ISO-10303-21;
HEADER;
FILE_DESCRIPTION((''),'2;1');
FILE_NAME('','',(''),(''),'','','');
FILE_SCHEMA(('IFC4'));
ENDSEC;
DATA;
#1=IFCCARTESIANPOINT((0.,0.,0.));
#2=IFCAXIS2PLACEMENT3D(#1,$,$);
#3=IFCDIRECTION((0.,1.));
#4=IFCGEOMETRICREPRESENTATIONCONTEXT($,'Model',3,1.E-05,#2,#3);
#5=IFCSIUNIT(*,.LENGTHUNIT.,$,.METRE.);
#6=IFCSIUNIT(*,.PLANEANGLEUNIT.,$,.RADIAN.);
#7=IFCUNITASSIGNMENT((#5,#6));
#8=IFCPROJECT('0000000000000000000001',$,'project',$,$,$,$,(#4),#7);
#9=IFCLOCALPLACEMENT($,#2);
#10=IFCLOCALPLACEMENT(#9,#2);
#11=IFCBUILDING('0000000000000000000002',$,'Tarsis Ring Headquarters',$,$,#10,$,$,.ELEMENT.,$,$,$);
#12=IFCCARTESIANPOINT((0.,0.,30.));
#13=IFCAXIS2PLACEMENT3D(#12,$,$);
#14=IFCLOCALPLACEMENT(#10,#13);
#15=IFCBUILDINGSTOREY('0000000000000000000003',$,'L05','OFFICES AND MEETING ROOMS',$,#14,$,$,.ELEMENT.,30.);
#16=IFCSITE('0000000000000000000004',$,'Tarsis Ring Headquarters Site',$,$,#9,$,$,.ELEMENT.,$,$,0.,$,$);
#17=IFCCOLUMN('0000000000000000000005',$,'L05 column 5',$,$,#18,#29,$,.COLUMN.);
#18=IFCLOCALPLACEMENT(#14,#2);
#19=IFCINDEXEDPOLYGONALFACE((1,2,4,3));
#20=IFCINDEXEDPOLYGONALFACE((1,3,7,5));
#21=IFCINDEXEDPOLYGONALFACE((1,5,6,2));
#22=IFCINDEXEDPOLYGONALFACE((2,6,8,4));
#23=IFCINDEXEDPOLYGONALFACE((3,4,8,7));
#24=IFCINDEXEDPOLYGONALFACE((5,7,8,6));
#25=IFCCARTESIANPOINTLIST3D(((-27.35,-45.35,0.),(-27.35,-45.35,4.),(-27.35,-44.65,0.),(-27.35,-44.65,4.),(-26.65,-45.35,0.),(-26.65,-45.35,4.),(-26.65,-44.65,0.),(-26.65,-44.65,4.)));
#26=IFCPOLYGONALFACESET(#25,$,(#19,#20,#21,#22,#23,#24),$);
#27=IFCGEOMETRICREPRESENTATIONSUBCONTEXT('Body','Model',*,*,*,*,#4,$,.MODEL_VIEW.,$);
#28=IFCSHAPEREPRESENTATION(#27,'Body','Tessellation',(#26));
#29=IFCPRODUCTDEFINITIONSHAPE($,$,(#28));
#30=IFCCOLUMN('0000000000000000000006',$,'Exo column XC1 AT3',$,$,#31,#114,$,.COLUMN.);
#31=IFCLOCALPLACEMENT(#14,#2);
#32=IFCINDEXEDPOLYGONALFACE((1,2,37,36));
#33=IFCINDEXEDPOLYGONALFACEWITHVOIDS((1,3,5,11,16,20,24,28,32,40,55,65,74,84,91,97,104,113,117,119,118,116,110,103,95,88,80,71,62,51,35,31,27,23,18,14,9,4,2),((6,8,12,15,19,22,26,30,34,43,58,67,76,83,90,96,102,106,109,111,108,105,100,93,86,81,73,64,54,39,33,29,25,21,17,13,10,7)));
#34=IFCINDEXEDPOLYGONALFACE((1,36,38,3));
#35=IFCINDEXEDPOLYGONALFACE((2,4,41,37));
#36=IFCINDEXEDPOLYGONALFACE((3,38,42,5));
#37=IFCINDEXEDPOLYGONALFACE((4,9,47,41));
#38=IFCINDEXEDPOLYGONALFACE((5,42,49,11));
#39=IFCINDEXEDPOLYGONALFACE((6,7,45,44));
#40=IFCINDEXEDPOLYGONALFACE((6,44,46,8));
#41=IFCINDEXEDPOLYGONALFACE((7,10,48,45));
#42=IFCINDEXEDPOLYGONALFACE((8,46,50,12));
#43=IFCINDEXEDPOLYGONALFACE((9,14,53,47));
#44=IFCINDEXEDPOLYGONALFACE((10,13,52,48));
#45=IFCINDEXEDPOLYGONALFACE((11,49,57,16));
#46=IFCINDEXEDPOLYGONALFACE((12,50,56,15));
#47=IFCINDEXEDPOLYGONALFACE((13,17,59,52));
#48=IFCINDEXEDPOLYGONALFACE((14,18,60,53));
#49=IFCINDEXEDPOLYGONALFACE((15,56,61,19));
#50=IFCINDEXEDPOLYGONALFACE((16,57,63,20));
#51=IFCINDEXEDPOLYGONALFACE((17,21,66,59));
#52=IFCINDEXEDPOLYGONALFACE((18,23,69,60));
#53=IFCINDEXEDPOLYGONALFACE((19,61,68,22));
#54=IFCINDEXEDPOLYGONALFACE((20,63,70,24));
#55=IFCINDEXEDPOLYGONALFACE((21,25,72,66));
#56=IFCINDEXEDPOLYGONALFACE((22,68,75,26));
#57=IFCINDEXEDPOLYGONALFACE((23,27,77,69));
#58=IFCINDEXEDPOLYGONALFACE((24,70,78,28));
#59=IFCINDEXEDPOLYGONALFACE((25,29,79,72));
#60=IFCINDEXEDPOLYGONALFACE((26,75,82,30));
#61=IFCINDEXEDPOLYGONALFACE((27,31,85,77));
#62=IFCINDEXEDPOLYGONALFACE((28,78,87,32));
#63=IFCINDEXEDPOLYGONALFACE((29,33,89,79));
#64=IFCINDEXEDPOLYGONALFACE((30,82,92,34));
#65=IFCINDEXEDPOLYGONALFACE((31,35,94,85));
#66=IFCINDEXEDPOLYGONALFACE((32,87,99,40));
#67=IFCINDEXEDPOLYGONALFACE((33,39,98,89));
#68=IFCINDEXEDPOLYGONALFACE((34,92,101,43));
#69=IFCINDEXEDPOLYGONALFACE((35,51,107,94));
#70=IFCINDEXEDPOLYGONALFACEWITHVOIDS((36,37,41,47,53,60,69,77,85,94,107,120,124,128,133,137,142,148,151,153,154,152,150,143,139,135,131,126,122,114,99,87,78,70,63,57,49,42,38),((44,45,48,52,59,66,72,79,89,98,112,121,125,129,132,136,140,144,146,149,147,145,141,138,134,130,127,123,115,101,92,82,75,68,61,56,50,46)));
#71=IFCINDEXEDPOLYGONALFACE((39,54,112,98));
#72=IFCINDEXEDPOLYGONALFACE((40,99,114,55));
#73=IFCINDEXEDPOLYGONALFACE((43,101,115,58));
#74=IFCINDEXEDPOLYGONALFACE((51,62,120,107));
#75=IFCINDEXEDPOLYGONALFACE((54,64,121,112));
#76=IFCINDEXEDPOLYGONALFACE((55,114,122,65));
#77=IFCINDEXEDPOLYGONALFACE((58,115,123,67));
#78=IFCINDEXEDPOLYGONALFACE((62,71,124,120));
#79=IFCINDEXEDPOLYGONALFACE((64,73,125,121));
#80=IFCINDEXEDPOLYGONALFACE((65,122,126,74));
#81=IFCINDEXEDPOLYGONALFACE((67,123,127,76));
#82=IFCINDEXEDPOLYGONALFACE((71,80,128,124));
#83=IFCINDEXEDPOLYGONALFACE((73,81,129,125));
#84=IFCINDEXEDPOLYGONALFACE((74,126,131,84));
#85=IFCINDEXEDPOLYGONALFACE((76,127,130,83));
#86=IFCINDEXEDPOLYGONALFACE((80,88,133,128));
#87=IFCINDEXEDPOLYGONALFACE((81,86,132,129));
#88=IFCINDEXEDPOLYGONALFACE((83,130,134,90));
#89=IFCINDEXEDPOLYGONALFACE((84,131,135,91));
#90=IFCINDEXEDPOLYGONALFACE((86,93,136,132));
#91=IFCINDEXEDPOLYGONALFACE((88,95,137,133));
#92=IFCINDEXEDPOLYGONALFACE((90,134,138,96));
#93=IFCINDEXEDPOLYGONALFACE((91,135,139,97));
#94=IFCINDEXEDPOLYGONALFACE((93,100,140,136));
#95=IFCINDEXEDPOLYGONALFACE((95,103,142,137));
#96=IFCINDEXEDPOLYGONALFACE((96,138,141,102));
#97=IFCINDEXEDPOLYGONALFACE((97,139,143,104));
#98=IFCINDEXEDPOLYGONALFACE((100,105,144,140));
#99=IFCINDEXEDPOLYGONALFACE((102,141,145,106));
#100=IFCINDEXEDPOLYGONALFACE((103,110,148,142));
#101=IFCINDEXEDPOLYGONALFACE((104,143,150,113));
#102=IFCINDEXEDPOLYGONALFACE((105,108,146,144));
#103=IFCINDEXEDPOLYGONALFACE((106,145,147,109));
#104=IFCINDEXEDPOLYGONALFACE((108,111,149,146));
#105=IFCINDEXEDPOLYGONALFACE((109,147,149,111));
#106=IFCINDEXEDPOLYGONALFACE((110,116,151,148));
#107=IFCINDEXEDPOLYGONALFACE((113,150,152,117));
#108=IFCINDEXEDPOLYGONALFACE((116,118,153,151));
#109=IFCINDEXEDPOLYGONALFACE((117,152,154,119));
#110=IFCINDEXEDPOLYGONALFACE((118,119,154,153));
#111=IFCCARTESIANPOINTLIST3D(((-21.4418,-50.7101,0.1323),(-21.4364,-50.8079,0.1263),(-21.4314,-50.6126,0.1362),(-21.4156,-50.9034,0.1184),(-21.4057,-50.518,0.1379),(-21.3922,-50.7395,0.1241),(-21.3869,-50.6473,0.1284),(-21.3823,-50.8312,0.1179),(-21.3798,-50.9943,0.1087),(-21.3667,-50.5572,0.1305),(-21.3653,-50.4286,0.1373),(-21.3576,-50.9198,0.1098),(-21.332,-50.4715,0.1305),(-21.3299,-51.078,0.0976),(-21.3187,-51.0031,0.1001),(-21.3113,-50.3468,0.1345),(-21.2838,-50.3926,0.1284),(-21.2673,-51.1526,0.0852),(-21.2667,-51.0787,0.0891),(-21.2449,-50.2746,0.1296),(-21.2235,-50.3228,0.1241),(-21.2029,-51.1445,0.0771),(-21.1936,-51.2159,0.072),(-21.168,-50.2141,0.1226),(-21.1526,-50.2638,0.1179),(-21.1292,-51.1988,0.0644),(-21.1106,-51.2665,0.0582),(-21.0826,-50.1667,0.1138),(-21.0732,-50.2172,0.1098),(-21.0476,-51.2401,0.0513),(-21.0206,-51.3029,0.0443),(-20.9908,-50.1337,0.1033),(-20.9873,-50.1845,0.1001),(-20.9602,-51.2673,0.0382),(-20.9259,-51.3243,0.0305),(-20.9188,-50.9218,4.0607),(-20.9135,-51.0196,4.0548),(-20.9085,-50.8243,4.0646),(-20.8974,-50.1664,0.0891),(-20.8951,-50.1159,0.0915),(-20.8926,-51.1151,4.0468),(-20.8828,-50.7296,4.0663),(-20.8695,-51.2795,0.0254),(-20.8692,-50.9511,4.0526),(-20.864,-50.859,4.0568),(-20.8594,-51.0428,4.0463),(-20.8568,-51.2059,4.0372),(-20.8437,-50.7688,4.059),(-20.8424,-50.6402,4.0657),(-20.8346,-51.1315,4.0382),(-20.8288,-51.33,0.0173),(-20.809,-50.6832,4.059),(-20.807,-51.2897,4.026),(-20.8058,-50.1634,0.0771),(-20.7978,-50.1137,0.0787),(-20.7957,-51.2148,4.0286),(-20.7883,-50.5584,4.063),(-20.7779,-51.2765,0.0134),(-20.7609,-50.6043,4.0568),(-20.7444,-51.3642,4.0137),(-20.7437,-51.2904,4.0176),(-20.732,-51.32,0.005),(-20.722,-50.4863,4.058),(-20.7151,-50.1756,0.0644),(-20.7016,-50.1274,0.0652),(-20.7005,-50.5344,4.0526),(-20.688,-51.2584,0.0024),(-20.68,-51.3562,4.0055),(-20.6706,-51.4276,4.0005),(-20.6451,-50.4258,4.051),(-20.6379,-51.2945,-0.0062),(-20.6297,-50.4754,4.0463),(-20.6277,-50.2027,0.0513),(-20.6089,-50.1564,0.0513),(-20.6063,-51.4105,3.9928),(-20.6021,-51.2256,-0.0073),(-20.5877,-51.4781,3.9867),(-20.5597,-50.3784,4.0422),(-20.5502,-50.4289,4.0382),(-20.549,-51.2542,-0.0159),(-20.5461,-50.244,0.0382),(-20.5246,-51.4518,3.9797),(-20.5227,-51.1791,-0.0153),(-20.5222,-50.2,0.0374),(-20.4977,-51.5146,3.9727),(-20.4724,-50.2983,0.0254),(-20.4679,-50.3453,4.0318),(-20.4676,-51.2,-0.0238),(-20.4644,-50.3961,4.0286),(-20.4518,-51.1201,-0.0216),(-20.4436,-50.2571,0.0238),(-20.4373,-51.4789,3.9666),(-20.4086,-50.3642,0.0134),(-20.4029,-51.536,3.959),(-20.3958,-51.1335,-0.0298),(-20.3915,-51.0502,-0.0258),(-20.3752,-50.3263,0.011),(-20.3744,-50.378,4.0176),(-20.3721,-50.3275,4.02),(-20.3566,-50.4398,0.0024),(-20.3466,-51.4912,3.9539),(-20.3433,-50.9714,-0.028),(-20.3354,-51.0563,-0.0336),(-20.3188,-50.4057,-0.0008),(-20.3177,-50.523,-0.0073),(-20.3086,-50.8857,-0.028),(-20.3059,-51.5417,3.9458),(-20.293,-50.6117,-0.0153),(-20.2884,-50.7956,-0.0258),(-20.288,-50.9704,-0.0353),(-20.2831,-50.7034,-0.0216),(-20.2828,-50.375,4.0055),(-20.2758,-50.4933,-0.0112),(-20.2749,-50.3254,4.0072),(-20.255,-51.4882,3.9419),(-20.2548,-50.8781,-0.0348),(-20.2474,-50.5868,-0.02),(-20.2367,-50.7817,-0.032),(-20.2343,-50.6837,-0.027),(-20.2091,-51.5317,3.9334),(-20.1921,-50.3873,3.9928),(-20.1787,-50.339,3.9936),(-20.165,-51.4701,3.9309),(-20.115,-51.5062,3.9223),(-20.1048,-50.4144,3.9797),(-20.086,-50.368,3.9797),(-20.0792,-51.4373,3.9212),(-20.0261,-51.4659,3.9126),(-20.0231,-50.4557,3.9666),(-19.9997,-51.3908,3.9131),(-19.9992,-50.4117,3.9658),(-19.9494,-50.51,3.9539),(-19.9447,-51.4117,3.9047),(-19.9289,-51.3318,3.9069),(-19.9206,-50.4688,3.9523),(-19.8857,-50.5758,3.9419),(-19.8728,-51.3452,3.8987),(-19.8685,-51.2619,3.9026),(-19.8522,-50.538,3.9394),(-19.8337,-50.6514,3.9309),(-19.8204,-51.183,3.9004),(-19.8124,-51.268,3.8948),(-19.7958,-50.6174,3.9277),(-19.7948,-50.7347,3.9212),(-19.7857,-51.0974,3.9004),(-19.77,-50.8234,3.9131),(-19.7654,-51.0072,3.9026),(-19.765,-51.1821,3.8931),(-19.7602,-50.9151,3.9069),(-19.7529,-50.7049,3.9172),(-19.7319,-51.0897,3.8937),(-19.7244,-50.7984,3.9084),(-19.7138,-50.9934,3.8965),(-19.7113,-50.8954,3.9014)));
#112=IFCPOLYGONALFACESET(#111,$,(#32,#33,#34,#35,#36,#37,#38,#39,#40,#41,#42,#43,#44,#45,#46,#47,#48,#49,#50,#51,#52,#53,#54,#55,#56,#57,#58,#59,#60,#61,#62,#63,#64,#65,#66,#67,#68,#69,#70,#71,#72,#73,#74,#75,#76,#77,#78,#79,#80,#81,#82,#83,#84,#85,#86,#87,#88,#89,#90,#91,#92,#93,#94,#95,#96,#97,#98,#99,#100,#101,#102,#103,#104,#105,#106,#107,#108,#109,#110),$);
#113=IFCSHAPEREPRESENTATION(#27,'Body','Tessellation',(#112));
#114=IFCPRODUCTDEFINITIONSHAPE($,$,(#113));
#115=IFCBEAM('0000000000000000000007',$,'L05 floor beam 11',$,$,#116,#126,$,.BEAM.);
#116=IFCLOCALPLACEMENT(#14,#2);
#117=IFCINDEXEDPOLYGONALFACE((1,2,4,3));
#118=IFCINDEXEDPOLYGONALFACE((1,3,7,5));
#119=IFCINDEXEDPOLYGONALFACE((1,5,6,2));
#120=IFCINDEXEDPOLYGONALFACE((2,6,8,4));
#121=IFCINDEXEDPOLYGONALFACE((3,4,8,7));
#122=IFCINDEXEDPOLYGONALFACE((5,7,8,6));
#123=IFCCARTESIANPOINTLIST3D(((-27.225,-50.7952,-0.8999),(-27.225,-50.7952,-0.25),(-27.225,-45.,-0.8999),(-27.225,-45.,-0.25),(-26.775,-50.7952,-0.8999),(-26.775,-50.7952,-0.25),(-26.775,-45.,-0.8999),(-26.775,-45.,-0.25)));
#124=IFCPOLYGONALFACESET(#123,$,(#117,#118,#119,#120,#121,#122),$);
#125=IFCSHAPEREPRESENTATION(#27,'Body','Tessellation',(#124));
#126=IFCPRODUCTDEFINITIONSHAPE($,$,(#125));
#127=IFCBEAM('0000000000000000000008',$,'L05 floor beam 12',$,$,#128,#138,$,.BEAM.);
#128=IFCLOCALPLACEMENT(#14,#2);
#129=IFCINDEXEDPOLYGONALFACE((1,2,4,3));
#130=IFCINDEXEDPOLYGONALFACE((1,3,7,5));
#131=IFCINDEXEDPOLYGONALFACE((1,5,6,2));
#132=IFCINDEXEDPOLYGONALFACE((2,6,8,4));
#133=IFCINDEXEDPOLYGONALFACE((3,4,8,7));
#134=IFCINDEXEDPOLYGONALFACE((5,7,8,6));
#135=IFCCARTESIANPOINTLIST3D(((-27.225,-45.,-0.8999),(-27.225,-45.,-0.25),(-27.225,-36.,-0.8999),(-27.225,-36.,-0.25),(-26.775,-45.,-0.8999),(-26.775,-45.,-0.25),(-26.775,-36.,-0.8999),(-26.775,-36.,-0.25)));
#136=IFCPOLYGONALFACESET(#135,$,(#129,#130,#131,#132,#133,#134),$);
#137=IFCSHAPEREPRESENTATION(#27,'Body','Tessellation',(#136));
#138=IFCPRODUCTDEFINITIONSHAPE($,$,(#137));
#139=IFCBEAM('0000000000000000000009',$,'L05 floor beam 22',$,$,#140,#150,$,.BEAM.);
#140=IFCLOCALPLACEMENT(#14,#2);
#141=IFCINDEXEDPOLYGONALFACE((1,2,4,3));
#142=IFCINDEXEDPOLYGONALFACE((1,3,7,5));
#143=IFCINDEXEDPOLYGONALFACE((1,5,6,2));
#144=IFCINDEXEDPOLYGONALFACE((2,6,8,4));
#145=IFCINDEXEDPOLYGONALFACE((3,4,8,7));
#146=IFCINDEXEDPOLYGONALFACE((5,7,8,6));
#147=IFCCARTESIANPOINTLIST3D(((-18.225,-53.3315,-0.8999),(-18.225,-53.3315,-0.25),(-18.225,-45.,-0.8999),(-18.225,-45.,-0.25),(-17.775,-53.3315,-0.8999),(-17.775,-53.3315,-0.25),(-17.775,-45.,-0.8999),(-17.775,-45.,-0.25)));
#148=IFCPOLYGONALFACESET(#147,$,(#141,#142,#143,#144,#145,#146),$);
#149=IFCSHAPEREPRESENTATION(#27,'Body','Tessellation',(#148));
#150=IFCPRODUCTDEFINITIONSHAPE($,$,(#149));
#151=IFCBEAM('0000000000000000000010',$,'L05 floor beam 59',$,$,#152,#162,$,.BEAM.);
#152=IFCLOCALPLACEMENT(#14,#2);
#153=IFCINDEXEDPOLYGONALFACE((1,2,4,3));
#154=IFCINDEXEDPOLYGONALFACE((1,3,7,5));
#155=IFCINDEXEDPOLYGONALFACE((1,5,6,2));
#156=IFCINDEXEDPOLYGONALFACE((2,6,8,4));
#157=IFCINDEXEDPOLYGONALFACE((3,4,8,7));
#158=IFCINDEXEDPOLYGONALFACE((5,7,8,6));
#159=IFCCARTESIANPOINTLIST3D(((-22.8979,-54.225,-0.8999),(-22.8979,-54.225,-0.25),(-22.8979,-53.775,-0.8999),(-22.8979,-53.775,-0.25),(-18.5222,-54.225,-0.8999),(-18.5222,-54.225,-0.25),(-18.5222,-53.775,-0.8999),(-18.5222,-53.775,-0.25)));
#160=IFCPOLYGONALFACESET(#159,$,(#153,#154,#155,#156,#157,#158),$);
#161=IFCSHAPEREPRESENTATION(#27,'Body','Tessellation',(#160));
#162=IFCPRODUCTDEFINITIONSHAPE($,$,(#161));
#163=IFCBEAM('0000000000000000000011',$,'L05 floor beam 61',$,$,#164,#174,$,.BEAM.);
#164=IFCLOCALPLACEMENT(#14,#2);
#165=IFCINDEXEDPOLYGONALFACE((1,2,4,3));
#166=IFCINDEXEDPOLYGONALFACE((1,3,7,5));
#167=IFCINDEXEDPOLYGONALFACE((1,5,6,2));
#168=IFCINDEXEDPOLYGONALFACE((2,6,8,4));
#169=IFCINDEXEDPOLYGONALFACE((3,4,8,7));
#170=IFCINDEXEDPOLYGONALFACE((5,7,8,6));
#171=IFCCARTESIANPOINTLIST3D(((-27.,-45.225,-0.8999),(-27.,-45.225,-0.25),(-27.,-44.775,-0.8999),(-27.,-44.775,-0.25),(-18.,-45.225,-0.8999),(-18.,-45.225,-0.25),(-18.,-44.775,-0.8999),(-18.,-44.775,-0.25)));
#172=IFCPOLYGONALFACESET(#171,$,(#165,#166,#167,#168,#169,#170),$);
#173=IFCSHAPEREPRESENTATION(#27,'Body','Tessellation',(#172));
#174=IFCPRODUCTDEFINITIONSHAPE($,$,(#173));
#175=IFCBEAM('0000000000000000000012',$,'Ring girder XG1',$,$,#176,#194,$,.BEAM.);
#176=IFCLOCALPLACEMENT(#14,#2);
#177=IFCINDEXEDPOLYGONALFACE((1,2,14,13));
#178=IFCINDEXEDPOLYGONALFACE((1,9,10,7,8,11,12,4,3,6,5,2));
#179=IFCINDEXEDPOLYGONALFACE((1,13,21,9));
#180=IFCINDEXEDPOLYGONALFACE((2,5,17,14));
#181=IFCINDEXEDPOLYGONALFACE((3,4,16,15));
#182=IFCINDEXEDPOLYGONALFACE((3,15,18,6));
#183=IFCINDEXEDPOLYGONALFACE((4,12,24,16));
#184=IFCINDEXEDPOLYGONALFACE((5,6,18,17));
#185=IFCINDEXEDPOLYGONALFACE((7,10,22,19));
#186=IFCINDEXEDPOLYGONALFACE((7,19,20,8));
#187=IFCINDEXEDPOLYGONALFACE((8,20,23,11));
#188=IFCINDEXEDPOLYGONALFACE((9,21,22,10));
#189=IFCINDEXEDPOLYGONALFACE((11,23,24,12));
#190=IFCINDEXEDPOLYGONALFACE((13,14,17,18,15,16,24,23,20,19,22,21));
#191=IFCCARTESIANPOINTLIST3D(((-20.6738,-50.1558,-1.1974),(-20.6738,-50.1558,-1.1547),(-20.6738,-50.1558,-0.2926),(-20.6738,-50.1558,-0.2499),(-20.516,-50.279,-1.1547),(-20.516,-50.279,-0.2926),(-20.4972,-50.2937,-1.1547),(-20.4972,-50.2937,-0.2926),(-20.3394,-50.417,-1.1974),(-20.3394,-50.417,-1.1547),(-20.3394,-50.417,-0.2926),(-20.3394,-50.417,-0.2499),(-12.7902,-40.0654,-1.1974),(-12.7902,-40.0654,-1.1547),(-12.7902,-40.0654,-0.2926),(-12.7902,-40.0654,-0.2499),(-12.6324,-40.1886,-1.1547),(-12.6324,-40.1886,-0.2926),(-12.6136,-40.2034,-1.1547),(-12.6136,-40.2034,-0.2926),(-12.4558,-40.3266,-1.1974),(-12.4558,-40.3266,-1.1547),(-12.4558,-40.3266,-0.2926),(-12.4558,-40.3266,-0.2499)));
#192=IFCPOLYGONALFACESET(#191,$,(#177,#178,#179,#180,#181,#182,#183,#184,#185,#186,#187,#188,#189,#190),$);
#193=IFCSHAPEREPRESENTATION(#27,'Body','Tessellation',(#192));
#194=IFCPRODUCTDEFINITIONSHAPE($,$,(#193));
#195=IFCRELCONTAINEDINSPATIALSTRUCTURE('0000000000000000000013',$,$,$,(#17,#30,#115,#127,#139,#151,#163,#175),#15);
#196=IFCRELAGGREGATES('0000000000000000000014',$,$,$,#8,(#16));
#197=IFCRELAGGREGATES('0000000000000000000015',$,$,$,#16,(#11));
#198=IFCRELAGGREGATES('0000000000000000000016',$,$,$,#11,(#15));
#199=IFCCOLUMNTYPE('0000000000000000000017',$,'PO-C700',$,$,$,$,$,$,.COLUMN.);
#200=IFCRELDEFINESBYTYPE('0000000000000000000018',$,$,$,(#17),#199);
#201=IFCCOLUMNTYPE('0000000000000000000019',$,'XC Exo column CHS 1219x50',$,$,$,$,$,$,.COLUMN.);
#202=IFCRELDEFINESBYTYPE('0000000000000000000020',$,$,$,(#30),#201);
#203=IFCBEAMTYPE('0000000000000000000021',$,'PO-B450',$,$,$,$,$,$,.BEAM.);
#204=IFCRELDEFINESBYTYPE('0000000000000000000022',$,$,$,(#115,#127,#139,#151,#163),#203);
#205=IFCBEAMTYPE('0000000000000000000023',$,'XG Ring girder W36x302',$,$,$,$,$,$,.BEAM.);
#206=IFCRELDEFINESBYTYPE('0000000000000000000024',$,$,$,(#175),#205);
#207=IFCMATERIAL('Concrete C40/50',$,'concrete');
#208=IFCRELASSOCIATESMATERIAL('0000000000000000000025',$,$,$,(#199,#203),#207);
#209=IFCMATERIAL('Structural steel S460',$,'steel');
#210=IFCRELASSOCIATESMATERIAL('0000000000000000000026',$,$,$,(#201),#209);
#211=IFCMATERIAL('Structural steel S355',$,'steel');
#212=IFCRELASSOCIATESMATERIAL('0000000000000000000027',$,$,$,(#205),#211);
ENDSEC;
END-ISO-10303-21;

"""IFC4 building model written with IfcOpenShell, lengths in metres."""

from ifc_helpers import new_model, si_unit, direction, frame, origin, origin_2d, place, context, subcontext, project, spatial, rectangle, hollow_circle, i_section, extrude, material, material_profile, profile_set, type_object, element, save


model = new_model("IFC4")

# Units and contexts
model_context = context("Model", 3, precision=1e-05, world=origin(), true_north=direction((0.0, 1.0)))
body_context = subcontext(model_context, "Body", "Model", "MODEL_VIEW")
ifc_project = project(units=[si_unit("LENGTHUNIT", "METRE"), si_unit("PLANEANGLEUNIT", "RADIAN")], contexts=[model_context])

# Site, building, storey
site_placement = place(None, origin())
site = spatial("IfcSite", under=ifc_project, at=site_placement, Name="Tarsis Ring Headquarters Site", CompositionType="ELEMENT", RefElevation=0.0)
building_placement = place(site_placement, origin())
building = spatial("IfcBuilding", under=site, at=building_placement, Name="Tarsis Ring Headquarters", CompositionType="ELEMENT")
storey_placement = place(building_placement, frame((0.0, 0.0, 30.0)))
storey = spatial("IfcBuildingStorey", under=building, at=storey_placement, Name="L05", Description="OFFICES AND MEETING ROOMS", CompositionType="ELEMENT", Elevation=30.0)

# Columns
ifc_material_1 = material(Name="Concrete C40/50", Category="concrete")
ifc_material_profile_1 = material_profile(ifc_material_1, rectangle(XDim=0.7, YDim=0.7, at=origin_2d()), Name="PO-C700")
ifc_profile_set_1 = profile_set([ifc_material_profile_1], Name="Concrete C40/50")
column_type_1 = type_object("IfcColumnType", Name="PO-C700", PredefinedType="COLUMN", material=ifc_profile_set_1)
column_1_placement = place(storey_placement, frame((-27.0, -45.0, 0.0), z_axis=(0.0, 0.0, 1.0), x_axis=(1.0, 0.0, 0.0)))
element("IfcColumn", 1, at=column_1_placement, inside=storey, type_object=column_type_1, Name="L05 column 5", PredefinedType="COLUMN", context=body_context, shape_type="SweptSolid", body=[
    extrude(rectangle(XDim=0.7, YDim=0.7, at=origin_2d()), origin(), (0.0, 0.0, 1.0), 4.0),
])
ifc_material_2 = material(Name="Structural steel S460", Category="steel")
ifc_material_profile_2 = material_profile(ifc_material_2, hollow_circle(Radius=0.6096, WallThickness=0.05, at=origin_2d()), Name="CHS 1219x50")
ifc_profile_set_2 = profile_set([ifc_material_profile_2], Name="Structural steel S460")
column_type_2 = type_object("IfcColumnType", Name="XC Exo column CHS 1219x50", PredefinedType="COLUMN", material=ifc_profile_set_2)
column_2_placement = place(storey_placement, frame((-20.8376, -50.7214, 0.0513), z_axis=(0.131766, -0.053334, 0.989845), x_axis=(0.375193, 0.926947, 0.0)))
element("IfcColumn", 2, at=column_2_placement, inside=storey, type_object=column_type_2, Name="Exo column XC1 AT3", PredefinedType="COLUMN", context=body_context, shape_type="SweptSolid", body=[
    extrude(hollow_circle(Radius=0.6096, WallThickness=0.05, at=origin_2d()), origin(), (0.0, 0.0, 1.0), 3.9688),
])

# Beams
ifc_material_profile_3 = material_profile(ifc_material_1, rectangle(XDim=0.45, YDim=0.6499, at=origin_2d()), Name="PO-B450")
ifc_profile_set_3 = profile_set([ifc_material_profile_3], Name="Concrete C40/50")
beam_type_1 = type_object("IfcBeamType", Name="PO-B450", PredefinedType="BEAM", material=ifc_profile_set_3)
beam_1_placement = place(storey_placement, frame((-27.0, -50.7952, -0.575), z_axis=(0.0, 1.0, 0.0), x_axis=(-1.0, 0.0, 0.0)))
element("IfcBeam", 3, at=beam_1_placement, inside=storey, type_object=beam_type_1, Name="L05 floor beam 11", PredefinedType="BEAM", context=body_context, shape_type="SweptSolid", body=[
    extrude(rectangle(XDim=0.45, YDim=0.6499, at=origin_2d()), origin(), (0.0, 0.0, 1.0), 5.7952),
])
beam_2_placement = place(storey_placement, frame((-27.0, -45.0, -0.575), z_axis=(0.0, 1.0, 0.0), x_axis=(-1.0, 0.0, 0.0)))
element("IfcBeam", 4, at=beam_2_placement, inside=storey, type_object=beam_type_1, Name="L05 floor beam 12", PredefinedType="BEAM", context=body_context, shape_type="SweptSolid", body=[
    extrude(rectangle(XDim=0.45, YDim=0.6499, at=origin_2d()), origin(), (0.0, 0.0, 1.0), 9.0),
])
beam_3_placement = place(storey_placement, frame((-18.0, -53.3315, -0.575), z_axis=(0.0, 1.0, 0.0), x_axis=(-1.0, 0.0, 0.0)))
element("IfcBeam", 5, at=beam_3_placement, inside=storey, type_object=beam_type_1, Name="L05 floor beam 22", PredefinedType="BEAM", context=body_context, shape_type="SweptSolid", body=[
    extrude(rectangle(XDim=0.45, YDim=0.6499, at=origin_2d()), origin(), (0.0, 0.0, 1.0), 8.3315),
])
beam_4_placement = place(storey_placement, frame((-22.8979, -54.0, -0.575), z_axis=(1.0, 0.0, 0.0), x_axis=(0.0, 1.0, 0.0)))
element("IfcBeam", 6, at=beam_4_placement, inside=storey, type_object=beam_type_1, Name="L05 floor beam 59", PredefinedType="BEAM", context=body_context, shape_type="SweptSolid", body=[
    extrude(rectangle(XDim=0.45, YDim=0.6499, at=origin_2d()), origin(), (0.0, 0.0, 1.0), 4.3757),
])
beam_5_placement = place(storey_placement, frame((-27.0, -45.0, -0.575), z_axis=(1.0, 0.0, 0.0), x_axis=(0.0, 1.0, 0.0)))
element("IfcBeam", 7, at=beam_5_placement, inside=storey, type_object=beam_type_1, Name="L05 floor beam 61", PredefinedType="BEAM", context=body_context, shape_type="SweptSolid", body=[
    extrude(rectangle(XDim=0.45, YDim=0.6499, at=origin_2d()), origin(), (0.0, 0.0, 1.0), 9.0),
])
ifc_material_3 = material(Name="Structural steel S355", Category="steel")
ifc_material_profile_4 = material_profile(ifc_material_3, i_section(OverallWidth=0.4243, OverallDepth=0.9475, WebThickness=0.0239, FlangeThickness=0.0427, at=origin_2d()), Name="W36x302")
ifc_profile_set_4 = profile_set([ifc_material_profile_4], Name="Structural steel S355")
beam_type_2 = type_object("IfcBeamType", Name="XG Ring girder W36x302", PredefinedType="BEAM", material=ifc_profile_set_4)
beam_6_placement = place(storey_placement, frame((-20.5066, -50.2864, -0.7236), z_axis=(0.615667, 0.788006, 0.0), x_axis=(-0.788006, 0.615667, 0.0)))
element("IfcBeam", 8, at=beam_6_placement, inside=storey, type_object=beam_type_2, Name="Ring girder XG1", PredefinedType="BEAM", context=body_context, shape_type="SweptSolid", body=[
    extrude(i_section(OverallWidth=0.4243, OverallDepth=0.9475, WebThickness=0.0239, FlangeThickness=0.0427, at=origin_2d()), origin(), (0.0, 0.0, 1.0), 12.8049),
])

save(model, "model.ifc")
